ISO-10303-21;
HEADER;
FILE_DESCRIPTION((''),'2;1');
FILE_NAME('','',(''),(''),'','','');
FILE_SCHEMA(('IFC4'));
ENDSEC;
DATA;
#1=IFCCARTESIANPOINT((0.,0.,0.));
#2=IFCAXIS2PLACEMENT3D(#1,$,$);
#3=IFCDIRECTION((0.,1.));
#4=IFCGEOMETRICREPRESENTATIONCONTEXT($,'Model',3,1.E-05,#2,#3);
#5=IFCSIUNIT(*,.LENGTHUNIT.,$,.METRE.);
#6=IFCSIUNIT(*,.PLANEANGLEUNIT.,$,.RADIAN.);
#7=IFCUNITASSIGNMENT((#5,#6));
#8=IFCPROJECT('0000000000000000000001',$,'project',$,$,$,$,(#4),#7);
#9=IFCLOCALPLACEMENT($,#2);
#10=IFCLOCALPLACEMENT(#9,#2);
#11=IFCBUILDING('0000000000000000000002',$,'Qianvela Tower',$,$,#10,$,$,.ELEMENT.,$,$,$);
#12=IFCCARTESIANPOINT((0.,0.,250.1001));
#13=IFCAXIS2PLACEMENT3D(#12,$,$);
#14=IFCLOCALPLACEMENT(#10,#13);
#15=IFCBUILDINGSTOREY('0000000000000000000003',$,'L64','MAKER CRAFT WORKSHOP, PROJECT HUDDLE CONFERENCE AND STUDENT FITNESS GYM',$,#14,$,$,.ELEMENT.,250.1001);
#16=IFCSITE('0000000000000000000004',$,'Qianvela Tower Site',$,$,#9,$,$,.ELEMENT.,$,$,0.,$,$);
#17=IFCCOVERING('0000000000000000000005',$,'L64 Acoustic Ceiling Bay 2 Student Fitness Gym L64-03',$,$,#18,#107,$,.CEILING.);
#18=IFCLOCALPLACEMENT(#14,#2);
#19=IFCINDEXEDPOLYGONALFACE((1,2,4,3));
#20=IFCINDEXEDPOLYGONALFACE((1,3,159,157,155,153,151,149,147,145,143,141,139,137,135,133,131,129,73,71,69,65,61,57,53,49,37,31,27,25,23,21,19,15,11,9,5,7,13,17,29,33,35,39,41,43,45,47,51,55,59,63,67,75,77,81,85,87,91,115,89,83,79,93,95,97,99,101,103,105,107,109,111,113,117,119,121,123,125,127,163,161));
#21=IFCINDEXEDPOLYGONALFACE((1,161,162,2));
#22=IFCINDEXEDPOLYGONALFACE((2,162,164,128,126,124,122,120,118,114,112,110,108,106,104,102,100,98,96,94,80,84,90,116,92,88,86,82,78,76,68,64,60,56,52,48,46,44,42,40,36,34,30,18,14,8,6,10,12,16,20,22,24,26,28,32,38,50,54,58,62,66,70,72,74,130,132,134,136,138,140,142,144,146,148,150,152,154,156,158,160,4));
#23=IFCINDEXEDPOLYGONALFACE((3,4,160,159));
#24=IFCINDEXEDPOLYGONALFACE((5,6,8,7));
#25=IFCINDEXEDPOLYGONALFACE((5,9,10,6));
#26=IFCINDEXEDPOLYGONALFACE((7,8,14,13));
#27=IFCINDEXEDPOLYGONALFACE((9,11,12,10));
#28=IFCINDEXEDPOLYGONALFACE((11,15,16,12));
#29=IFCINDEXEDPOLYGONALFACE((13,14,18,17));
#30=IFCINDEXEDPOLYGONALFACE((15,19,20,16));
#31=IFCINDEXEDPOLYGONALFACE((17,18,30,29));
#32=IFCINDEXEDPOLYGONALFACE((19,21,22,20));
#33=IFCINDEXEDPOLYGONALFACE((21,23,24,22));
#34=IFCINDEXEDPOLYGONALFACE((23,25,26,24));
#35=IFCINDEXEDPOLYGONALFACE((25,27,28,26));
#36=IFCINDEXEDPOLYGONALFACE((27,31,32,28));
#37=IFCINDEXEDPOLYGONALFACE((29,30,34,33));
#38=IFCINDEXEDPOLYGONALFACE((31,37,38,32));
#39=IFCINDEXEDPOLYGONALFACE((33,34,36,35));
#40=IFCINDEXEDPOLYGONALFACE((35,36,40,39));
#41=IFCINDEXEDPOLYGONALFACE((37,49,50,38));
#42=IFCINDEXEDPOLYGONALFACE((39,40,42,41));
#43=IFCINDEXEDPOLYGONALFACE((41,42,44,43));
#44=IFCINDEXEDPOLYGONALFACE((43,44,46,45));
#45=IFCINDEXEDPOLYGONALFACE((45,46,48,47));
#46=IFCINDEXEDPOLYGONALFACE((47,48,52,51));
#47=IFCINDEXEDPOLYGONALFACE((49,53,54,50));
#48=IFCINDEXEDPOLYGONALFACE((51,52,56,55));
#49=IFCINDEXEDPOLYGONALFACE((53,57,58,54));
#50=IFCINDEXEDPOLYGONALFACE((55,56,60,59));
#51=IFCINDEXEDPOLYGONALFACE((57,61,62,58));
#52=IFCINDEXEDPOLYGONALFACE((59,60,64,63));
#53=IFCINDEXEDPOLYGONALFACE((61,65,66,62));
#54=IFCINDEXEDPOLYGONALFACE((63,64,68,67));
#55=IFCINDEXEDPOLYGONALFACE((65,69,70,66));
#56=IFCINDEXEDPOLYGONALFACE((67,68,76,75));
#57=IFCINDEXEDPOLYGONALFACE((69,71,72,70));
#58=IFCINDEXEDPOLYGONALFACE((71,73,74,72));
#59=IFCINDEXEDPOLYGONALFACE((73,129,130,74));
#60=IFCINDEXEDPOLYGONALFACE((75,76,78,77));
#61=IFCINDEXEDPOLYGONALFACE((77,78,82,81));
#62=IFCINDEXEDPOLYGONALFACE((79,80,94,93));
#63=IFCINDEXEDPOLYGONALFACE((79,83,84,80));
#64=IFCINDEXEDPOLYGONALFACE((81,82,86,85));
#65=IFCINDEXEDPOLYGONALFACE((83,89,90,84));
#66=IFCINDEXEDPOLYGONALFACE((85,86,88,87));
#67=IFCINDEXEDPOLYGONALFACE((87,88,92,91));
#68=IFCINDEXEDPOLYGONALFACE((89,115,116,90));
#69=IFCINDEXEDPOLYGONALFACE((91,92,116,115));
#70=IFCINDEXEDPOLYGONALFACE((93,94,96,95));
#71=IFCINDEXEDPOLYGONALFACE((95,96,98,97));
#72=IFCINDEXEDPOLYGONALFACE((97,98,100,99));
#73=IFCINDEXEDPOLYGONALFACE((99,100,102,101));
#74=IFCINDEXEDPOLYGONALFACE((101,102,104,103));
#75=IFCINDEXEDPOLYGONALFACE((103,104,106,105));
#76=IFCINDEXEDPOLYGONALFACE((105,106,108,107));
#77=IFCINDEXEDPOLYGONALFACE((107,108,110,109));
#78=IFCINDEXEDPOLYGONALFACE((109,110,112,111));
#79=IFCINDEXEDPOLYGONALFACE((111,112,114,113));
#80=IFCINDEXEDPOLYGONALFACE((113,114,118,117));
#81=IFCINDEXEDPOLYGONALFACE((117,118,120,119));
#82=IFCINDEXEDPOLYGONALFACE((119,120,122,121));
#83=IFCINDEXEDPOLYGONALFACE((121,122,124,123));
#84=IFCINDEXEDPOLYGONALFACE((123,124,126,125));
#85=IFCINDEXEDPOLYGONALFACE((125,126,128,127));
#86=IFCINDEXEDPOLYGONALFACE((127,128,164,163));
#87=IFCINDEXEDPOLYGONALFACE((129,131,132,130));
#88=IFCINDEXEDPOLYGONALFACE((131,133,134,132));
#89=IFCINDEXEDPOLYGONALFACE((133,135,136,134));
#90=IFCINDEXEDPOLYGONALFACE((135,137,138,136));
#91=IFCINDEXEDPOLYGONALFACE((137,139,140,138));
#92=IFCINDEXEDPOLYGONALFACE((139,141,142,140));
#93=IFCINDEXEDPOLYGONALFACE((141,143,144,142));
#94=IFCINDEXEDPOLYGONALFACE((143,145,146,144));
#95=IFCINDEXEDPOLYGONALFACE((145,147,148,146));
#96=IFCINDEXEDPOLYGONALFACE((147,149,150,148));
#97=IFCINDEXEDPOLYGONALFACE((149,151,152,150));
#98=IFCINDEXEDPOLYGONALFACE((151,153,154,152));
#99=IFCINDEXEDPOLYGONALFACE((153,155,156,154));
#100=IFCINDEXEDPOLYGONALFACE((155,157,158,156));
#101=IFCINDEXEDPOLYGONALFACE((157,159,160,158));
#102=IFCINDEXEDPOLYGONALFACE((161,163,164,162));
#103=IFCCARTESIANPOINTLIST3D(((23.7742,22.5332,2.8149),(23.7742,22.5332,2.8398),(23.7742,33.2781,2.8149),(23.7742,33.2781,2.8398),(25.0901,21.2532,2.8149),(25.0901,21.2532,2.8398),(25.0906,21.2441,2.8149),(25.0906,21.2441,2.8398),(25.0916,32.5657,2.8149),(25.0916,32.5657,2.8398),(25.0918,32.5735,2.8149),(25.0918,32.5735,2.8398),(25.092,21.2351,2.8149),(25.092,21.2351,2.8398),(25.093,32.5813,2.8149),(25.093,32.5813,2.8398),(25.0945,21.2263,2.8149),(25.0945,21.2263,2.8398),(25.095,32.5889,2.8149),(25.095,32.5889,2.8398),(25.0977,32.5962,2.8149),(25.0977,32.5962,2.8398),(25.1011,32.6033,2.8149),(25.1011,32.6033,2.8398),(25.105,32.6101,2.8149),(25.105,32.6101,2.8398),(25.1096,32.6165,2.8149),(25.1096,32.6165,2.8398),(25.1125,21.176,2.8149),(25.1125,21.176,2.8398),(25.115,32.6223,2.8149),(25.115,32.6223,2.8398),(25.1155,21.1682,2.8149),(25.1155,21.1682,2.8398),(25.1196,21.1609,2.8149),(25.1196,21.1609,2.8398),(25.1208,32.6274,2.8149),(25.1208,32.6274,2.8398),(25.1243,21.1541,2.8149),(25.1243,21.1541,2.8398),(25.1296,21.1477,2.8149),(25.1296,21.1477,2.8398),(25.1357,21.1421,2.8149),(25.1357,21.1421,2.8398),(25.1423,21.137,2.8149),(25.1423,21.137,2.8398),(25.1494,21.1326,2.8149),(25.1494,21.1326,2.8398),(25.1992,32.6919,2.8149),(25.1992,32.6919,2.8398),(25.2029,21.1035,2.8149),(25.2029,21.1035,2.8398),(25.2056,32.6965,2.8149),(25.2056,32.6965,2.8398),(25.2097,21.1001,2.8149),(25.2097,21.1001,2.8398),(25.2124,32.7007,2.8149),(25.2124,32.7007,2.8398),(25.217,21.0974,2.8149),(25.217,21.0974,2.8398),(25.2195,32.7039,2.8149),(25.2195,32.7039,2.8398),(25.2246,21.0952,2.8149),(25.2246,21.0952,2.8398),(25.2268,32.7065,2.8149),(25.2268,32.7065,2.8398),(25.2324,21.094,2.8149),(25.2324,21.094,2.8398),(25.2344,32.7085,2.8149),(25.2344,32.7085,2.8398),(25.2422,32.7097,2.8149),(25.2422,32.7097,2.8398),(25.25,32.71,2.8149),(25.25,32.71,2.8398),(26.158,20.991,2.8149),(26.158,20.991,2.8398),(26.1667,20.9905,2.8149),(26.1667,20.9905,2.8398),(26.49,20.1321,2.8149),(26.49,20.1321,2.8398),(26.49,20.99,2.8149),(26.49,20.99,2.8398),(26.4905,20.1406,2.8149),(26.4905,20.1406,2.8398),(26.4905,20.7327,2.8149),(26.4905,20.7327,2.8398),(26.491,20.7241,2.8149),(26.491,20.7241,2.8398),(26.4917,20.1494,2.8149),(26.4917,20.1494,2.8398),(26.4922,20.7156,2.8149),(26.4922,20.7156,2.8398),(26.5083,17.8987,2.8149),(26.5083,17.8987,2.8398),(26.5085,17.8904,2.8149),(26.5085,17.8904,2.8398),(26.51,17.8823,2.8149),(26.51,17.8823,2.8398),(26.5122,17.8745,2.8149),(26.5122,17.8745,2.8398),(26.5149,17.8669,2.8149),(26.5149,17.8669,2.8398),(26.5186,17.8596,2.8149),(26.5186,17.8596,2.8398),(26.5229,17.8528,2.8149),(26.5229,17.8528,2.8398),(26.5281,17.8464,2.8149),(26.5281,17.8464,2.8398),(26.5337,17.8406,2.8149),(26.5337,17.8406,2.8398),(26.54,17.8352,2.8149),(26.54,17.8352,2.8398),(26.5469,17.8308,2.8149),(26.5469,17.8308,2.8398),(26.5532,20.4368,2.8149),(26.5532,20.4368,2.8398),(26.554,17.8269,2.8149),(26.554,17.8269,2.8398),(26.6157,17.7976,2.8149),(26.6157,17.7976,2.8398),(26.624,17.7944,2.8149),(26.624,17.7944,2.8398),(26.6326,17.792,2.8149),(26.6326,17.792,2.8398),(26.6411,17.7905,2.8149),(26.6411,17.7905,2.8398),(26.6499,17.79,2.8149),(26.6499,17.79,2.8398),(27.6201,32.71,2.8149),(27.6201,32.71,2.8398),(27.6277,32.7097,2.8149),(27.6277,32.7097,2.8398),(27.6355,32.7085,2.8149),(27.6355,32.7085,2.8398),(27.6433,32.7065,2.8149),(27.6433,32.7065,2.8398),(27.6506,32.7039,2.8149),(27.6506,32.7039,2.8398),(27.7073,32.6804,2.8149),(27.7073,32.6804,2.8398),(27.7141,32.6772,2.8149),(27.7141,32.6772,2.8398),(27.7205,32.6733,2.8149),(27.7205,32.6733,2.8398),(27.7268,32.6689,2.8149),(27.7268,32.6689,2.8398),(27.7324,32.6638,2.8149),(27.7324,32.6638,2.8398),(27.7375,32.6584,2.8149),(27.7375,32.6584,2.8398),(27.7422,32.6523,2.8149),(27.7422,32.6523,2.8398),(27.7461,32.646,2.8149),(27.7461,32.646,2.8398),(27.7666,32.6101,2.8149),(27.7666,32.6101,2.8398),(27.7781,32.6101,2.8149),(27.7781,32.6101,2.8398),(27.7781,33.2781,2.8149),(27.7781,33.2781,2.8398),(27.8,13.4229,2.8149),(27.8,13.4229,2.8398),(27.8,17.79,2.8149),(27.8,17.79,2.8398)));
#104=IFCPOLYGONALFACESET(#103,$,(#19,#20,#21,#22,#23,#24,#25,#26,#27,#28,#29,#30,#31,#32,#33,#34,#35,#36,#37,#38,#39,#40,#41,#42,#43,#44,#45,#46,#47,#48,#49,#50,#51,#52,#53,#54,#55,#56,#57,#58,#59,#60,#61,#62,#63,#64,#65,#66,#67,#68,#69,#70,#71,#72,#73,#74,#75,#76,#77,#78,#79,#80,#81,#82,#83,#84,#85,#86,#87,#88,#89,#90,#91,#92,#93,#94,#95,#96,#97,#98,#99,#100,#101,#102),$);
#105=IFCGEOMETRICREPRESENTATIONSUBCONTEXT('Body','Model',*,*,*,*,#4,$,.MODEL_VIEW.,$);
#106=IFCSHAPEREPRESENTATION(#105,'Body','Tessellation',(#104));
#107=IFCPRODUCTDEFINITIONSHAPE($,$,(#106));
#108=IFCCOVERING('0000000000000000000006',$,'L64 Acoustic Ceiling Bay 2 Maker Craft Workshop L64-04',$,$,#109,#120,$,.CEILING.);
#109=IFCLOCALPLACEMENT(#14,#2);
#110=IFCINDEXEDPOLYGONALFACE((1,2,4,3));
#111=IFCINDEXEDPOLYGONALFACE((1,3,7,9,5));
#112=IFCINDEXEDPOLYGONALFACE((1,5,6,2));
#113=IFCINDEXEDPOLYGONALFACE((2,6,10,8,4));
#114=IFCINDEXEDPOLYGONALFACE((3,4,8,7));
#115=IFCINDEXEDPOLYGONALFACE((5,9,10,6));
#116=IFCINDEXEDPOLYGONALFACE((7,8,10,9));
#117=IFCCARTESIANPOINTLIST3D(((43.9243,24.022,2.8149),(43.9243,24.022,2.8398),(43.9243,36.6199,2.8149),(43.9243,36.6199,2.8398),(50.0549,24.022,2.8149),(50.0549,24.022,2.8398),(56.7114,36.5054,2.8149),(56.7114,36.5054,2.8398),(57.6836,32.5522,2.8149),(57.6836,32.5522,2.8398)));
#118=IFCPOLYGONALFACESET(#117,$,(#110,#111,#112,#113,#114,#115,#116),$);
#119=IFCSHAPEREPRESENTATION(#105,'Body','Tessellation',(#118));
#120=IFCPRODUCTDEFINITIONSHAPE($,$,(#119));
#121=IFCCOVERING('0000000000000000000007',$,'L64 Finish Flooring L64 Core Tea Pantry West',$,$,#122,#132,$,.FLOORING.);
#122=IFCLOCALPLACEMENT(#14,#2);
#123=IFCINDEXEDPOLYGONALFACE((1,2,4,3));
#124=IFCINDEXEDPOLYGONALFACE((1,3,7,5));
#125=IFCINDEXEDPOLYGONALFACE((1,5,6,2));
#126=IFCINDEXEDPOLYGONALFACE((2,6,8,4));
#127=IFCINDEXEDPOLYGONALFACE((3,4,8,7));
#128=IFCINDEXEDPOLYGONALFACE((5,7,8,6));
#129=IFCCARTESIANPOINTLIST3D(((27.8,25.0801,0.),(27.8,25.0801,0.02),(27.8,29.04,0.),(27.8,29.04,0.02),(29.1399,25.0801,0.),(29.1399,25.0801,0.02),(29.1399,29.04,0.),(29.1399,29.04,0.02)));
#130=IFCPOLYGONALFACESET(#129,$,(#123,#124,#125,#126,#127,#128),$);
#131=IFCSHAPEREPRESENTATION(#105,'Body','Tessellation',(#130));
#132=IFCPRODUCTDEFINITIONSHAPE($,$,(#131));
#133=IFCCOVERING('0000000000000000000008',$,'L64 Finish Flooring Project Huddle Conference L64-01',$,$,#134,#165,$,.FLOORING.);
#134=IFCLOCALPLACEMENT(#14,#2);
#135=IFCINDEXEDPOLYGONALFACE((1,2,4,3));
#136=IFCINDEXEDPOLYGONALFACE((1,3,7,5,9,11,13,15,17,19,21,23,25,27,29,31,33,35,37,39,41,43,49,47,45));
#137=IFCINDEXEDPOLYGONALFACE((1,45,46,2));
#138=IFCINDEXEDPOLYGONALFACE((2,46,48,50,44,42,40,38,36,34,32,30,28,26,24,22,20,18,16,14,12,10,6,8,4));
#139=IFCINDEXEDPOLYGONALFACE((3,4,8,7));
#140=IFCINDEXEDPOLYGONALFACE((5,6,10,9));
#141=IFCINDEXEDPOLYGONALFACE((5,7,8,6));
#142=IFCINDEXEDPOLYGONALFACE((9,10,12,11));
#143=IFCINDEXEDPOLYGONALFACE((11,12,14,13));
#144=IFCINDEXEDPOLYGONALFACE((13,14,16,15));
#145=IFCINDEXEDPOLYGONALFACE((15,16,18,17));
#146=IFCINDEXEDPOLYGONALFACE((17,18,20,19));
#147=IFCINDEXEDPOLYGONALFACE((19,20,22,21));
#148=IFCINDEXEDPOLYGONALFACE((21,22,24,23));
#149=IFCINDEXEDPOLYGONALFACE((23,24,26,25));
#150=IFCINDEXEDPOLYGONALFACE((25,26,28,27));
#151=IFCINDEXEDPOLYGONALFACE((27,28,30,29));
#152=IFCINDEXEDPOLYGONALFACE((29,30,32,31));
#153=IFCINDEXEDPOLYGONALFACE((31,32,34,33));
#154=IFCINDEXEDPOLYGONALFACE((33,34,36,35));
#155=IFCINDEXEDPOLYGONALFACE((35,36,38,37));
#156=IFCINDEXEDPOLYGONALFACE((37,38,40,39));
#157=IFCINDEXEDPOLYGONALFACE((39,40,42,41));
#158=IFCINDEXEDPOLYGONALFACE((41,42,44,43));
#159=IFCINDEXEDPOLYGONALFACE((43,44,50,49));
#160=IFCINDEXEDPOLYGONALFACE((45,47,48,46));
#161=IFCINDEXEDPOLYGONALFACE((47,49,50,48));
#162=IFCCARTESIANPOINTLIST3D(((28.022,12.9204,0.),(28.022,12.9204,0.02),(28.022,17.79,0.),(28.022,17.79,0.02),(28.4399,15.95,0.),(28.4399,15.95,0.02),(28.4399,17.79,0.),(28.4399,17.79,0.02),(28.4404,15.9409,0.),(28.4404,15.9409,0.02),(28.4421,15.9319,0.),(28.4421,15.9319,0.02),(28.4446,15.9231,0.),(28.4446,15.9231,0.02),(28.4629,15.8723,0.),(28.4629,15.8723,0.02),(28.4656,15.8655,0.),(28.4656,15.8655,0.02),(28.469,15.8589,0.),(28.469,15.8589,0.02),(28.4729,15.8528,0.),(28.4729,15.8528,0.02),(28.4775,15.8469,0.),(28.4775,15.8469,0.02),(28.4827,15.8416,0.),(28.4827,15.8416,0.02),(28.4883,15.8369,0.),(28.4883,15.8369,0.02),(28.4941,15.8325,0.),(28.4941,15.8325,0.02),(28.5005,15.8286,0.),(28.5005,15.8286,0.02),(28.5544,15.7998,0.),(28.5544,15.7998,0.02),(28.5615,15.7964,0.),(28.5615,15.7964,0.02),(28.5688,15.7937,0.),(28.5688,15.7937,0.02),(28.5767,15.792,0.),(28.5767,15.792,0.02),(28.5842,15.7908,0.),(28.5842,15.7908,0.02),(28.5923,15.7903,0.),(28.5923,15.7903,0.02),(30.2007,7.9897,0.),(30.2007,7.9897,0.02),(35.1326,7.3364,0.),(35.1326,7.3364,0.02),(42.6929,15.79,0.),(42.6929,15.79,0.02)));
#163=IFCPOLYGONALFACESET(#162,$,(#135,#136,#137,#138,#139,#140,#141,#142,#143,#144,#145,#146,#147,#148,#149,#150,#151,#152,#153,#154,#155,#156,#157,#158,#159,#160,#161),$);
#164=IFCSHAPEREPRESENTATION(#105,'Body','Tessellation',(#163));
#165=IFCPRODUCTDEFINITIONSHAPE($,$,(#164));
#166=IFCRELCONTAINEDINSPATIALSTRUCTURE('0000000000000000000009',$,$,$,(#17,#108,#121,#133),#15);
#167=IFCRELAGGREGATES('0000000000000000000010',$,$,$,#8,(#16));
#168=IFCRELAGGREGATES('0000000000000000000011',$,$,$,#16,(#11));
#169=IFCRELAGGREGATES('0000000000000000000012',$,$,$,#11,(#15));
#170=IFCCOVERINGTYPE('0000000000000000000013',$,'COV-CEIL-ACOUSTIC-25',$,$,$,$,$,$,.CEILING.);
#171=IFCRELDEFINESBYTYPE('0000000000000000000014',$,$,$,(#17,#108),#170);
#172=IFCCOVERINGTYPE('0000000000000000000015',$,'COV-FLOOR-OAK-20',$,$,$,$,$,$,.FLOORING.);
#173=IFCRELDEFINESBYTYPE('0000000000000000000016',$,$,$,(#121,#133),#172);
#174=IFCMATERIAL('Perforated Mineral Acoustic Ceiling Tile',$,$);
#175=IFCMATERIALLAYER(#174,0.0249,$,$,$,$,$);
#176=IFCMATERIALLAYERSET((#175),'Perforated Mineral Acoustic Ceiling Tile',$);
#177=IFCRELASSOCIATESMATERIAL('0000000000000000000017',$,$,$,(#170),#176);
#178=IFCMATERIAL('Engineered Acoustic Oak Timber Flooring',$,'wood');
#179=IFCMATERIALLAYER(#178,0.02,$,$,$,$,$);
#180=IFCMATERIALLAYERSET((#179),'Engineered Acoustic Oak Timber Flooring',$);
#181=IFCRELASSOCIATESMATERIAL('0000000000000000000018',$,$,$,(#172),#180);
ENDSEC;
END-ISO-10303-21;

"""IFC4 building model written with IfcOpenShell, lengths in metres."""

from ifc_helpers import new_model, si_unit, direction, frame, origin, place, context, subcontext, project, spatial, polyline, outline, extrude, material, layer, layer_set, type_object, element, save


model = new_model("IFC4")

# Units and contexts
model_context = context("Model", 3, precision=1e-05, world=origin(), true_north=direction((0.0, 1.0)))
body_context = subcontext(model_context, "Body", "Model", "MODEL_VIEW")
ifc_project = project(units=[si_unit("LENGTHUNIT", "METRE"), si_unit("PLANEANGLEUNIT", "RADIAN")], contexts=[model_context])

# Site, building, storey
site_placement = place(None, origin())
site = spatial("IfcSite", under=ifc_project, at=site_placement, Name="Qianvela Tower Site", CompositionType="ELEMENT", RefElevation=0.0)
building_placement = place(site_placement, origin())
building = spatial("IfcBuilding", under=site, at=building_placement, Name="Qianvela Tower", CompositionType="ELEMENT")
storey_placement = place(building_placement, frame((0.0, 0.0, 250.1001)))
storey = spatial("IfcBuildingStorey", under=building, at=storey_placement, Name="L64", Description="MAKER CRAFT WORKSHOP, PROJECT HUDDLE CONFERENCE AND STUDENT FITNESS GYM", CompositionType="ELEMENT", Elevation=250.1001)

# Coverings
ifc_material_1 = material(Name="Perforated Mineral Acoustic Ceiling Tile")
ifc_layer_1 = layer(ifc_material_1, 0.0249)
ifc_layer_set_1 = layer_set([ifc_layer_1], Name="Perforated Mineral Acoustic Ceiling Tile")
covering_type_1 = type_object("IfcCoveringType", Name="COV-CEIL-ACOUSTIC-25", PredefinedType="CEILING", material=ifc_layer_set_1)
covering_1_placement = place(storey_placement, frame((0.0, 0.0, 2.8149)))
element("IfcCovering", 1, at=covering_1_placement, inside=storey, type_object=covering_type_1, Name="L64 Acoustic Ceiling Bay 2 Student Fitness Gym L64-03", PredefinedType="CEILING", context=body_context, shape_type="SweptSolid", body=[
    extrude(outline(polyline([(27.7781, 33.2781), (27.7781, 32.6101), (27.7666, 32.6101), (27.7461, 32.646), (27.7422, 32.6523), (27.7375, 32.6584), (27.7324, 32.6638), (27.7268, 32.6689), (27.7205, 32.6733), (27.7141, 32.6772), (27.7073, 32.6804), (27.6506, 32.7039), (27.6433, 32.7065), (27.6355, 32.7085), (27.6277, 32.7097), (27.6201, 32.71), (25.25, 32.71), (25.2422, 32.7097), (25.2344, 32.7085), (25.2268, 32.7065), (25.2195, 32.7039), (25.2124, 32.7007), (25.2056, 32.6965), (25.1992, 32.6919), (25.1208, 32.6274), (25.115, 32.6223), (25.1096, 32.6165), (25.105, 32.6101), (25.1011, 32.6033), (25.0977, 32.5962), (25.095, 32.5889), (25.093, 32.5813), (25.0918, 32.5735), (25.0916, 32.5657), (25.0901, 21.2532), (25.0906, 21.2441), (25.092, 21.2351), (25.0945, 21.2263), (25.1125, 21.176), (25.1155, 21.1682), (25.1196, 21.1609), (25.1243, 21.1541), (25.1296, 21.1477), (25.1357, 21.1421), (25.1423, 21.137), (25.1494, 21.1326), (25.2029, 21.1035), (25.2097, 21.1001), (25.217, 21.0974), (25.2246, 21.0952), (25.2324, 21.094), (26.158, 20.991), (26.1667, 20.9905), (26.49, 20.99), (26.4905, 20.7327), (26.491, 20.7241), (26.4922, 20.7156), (26.5532, 20.4368), (26.4917, 20.1494), (26.4905, 20.1406), (26.49, 20.1321), (26.5083, 17.8987), (26.5085, 17.8904), (26.51, 17.8823), (26.5122, 17.8745), (26.5149, 17.8669), (26.5186, 17.8596), (26.5229, 17.8528), (26.5281, 17.8464), (26.5337, 17.8406), (26.54, 17.8352), (26.5469, 17.8308), (26.554, 17.8269), (26.6157, 17.7976), (26.624, 17.7944), (26.6326, 17.792), (26.6411, 17.7905), (26.6499, 17.79), (27.8, 17.79), (27.8, 13.4229), (23.7742, 22.5332), (23.7742, 33.2781), (27.7781, 33.2781)])), origin(), (0.0, 0.0, 1.0), 0.0249),
])
covering_2_placement = place(storey_placement, frame((0.0, 0.0, 2.8149)))
element("IfcCovering", 2, at=covering_2_placement, inside=storey, type_object=covering_type_1, Name="L64 Acoustic Ceiling Bay 2 Maker Craft Workshop L64-04", PredefinedType="CEILING", context=body_context, shape_type="SweptSolid", body=[
    extrude(outline(polyline([(56.7114, 36.5054), (57.6836, 32.5522), (50.0549, 24.022), (43.9243, 24.022), (43.9243, 36.6199), (56.7114, 36.5054)])), origin(), (0.0, 0.0, 1.0), 0.0249),
])
ifc_material_2 = material(Name="Engineered Acoustic Oak Timber Flooring", Category="wood")
ifc_layer_2 = layer(ifc_material_2, 0.02)
ifc_layer_set_2 = layer_set([ifc_layer_2], Name="Engineered Acoustic Oak Timber Flooring")
covering_type_2 = type_object("IfcCoveringType", Name="COV-FLOOR-OAK-20", PredefinedType="FLOORING", material=ifc_layer_set_2)
covering_3_placement = place(storey_placement, origin())
element("IfcCovering", 3, at=covering_3_placement, inside=storey, type_object=covering_type_2, Name="L64 Finish Flooring L64 Core Tea Pantry West", PredefinedType="FLOORING", context=body_context, shape_type="SweptSolid", body=[
    extrude(outline(polyline([(27.8, 25.0801), (27.8, 29.04), (29.1399, 29.04), (29.1399, 25.0801), (27.8, 25.0801)])), origin(), (0.0, 0.0, 1.0), 0.02),
])
covering_4_placement = place(storey_placement, origin())
element("IfcCovering", 4, at=covering_4_placement, inside=storey, type_object=covering_type_2, Name="L64 Finish Flooring Project Huddle Conference L64-01", PredefinedType="FLOORING", context=body_context, shape_type="SweptSolid", body=[
    extrude(outline(polyline([(28.022, 12.9204), (28.022, 17.79), (28.4399, 17.79), (28.4399, 15.95), (28.4404, 15.9409), (28.4421, 15.9319), (28.4446, 15.9231), (28.4629, 15.8723), (28.4656, 15.8655), (28.469, 15.8589), (28.4729, 15.8528), (28.4775, 15.8469), (28.4827, 15.8416), (28.4883, 15.8369), (28.4941, 15.8325), (28.5005, 15.8286), (28.5544, 15.7998), (28.5615, 15.7964), (28.5688, 15.7937), (28.5767, 15.792), (28.5842, 15.7908), (28.5923, 15.7903), (42.6929, 15.79), (35.1326, 7.3364), (30.2007, 7.9897), (28.022, 12.9204)])), origin(), (0.0, 0.0, 1.0), 0.02),
])

save(model, "model.ifc")
